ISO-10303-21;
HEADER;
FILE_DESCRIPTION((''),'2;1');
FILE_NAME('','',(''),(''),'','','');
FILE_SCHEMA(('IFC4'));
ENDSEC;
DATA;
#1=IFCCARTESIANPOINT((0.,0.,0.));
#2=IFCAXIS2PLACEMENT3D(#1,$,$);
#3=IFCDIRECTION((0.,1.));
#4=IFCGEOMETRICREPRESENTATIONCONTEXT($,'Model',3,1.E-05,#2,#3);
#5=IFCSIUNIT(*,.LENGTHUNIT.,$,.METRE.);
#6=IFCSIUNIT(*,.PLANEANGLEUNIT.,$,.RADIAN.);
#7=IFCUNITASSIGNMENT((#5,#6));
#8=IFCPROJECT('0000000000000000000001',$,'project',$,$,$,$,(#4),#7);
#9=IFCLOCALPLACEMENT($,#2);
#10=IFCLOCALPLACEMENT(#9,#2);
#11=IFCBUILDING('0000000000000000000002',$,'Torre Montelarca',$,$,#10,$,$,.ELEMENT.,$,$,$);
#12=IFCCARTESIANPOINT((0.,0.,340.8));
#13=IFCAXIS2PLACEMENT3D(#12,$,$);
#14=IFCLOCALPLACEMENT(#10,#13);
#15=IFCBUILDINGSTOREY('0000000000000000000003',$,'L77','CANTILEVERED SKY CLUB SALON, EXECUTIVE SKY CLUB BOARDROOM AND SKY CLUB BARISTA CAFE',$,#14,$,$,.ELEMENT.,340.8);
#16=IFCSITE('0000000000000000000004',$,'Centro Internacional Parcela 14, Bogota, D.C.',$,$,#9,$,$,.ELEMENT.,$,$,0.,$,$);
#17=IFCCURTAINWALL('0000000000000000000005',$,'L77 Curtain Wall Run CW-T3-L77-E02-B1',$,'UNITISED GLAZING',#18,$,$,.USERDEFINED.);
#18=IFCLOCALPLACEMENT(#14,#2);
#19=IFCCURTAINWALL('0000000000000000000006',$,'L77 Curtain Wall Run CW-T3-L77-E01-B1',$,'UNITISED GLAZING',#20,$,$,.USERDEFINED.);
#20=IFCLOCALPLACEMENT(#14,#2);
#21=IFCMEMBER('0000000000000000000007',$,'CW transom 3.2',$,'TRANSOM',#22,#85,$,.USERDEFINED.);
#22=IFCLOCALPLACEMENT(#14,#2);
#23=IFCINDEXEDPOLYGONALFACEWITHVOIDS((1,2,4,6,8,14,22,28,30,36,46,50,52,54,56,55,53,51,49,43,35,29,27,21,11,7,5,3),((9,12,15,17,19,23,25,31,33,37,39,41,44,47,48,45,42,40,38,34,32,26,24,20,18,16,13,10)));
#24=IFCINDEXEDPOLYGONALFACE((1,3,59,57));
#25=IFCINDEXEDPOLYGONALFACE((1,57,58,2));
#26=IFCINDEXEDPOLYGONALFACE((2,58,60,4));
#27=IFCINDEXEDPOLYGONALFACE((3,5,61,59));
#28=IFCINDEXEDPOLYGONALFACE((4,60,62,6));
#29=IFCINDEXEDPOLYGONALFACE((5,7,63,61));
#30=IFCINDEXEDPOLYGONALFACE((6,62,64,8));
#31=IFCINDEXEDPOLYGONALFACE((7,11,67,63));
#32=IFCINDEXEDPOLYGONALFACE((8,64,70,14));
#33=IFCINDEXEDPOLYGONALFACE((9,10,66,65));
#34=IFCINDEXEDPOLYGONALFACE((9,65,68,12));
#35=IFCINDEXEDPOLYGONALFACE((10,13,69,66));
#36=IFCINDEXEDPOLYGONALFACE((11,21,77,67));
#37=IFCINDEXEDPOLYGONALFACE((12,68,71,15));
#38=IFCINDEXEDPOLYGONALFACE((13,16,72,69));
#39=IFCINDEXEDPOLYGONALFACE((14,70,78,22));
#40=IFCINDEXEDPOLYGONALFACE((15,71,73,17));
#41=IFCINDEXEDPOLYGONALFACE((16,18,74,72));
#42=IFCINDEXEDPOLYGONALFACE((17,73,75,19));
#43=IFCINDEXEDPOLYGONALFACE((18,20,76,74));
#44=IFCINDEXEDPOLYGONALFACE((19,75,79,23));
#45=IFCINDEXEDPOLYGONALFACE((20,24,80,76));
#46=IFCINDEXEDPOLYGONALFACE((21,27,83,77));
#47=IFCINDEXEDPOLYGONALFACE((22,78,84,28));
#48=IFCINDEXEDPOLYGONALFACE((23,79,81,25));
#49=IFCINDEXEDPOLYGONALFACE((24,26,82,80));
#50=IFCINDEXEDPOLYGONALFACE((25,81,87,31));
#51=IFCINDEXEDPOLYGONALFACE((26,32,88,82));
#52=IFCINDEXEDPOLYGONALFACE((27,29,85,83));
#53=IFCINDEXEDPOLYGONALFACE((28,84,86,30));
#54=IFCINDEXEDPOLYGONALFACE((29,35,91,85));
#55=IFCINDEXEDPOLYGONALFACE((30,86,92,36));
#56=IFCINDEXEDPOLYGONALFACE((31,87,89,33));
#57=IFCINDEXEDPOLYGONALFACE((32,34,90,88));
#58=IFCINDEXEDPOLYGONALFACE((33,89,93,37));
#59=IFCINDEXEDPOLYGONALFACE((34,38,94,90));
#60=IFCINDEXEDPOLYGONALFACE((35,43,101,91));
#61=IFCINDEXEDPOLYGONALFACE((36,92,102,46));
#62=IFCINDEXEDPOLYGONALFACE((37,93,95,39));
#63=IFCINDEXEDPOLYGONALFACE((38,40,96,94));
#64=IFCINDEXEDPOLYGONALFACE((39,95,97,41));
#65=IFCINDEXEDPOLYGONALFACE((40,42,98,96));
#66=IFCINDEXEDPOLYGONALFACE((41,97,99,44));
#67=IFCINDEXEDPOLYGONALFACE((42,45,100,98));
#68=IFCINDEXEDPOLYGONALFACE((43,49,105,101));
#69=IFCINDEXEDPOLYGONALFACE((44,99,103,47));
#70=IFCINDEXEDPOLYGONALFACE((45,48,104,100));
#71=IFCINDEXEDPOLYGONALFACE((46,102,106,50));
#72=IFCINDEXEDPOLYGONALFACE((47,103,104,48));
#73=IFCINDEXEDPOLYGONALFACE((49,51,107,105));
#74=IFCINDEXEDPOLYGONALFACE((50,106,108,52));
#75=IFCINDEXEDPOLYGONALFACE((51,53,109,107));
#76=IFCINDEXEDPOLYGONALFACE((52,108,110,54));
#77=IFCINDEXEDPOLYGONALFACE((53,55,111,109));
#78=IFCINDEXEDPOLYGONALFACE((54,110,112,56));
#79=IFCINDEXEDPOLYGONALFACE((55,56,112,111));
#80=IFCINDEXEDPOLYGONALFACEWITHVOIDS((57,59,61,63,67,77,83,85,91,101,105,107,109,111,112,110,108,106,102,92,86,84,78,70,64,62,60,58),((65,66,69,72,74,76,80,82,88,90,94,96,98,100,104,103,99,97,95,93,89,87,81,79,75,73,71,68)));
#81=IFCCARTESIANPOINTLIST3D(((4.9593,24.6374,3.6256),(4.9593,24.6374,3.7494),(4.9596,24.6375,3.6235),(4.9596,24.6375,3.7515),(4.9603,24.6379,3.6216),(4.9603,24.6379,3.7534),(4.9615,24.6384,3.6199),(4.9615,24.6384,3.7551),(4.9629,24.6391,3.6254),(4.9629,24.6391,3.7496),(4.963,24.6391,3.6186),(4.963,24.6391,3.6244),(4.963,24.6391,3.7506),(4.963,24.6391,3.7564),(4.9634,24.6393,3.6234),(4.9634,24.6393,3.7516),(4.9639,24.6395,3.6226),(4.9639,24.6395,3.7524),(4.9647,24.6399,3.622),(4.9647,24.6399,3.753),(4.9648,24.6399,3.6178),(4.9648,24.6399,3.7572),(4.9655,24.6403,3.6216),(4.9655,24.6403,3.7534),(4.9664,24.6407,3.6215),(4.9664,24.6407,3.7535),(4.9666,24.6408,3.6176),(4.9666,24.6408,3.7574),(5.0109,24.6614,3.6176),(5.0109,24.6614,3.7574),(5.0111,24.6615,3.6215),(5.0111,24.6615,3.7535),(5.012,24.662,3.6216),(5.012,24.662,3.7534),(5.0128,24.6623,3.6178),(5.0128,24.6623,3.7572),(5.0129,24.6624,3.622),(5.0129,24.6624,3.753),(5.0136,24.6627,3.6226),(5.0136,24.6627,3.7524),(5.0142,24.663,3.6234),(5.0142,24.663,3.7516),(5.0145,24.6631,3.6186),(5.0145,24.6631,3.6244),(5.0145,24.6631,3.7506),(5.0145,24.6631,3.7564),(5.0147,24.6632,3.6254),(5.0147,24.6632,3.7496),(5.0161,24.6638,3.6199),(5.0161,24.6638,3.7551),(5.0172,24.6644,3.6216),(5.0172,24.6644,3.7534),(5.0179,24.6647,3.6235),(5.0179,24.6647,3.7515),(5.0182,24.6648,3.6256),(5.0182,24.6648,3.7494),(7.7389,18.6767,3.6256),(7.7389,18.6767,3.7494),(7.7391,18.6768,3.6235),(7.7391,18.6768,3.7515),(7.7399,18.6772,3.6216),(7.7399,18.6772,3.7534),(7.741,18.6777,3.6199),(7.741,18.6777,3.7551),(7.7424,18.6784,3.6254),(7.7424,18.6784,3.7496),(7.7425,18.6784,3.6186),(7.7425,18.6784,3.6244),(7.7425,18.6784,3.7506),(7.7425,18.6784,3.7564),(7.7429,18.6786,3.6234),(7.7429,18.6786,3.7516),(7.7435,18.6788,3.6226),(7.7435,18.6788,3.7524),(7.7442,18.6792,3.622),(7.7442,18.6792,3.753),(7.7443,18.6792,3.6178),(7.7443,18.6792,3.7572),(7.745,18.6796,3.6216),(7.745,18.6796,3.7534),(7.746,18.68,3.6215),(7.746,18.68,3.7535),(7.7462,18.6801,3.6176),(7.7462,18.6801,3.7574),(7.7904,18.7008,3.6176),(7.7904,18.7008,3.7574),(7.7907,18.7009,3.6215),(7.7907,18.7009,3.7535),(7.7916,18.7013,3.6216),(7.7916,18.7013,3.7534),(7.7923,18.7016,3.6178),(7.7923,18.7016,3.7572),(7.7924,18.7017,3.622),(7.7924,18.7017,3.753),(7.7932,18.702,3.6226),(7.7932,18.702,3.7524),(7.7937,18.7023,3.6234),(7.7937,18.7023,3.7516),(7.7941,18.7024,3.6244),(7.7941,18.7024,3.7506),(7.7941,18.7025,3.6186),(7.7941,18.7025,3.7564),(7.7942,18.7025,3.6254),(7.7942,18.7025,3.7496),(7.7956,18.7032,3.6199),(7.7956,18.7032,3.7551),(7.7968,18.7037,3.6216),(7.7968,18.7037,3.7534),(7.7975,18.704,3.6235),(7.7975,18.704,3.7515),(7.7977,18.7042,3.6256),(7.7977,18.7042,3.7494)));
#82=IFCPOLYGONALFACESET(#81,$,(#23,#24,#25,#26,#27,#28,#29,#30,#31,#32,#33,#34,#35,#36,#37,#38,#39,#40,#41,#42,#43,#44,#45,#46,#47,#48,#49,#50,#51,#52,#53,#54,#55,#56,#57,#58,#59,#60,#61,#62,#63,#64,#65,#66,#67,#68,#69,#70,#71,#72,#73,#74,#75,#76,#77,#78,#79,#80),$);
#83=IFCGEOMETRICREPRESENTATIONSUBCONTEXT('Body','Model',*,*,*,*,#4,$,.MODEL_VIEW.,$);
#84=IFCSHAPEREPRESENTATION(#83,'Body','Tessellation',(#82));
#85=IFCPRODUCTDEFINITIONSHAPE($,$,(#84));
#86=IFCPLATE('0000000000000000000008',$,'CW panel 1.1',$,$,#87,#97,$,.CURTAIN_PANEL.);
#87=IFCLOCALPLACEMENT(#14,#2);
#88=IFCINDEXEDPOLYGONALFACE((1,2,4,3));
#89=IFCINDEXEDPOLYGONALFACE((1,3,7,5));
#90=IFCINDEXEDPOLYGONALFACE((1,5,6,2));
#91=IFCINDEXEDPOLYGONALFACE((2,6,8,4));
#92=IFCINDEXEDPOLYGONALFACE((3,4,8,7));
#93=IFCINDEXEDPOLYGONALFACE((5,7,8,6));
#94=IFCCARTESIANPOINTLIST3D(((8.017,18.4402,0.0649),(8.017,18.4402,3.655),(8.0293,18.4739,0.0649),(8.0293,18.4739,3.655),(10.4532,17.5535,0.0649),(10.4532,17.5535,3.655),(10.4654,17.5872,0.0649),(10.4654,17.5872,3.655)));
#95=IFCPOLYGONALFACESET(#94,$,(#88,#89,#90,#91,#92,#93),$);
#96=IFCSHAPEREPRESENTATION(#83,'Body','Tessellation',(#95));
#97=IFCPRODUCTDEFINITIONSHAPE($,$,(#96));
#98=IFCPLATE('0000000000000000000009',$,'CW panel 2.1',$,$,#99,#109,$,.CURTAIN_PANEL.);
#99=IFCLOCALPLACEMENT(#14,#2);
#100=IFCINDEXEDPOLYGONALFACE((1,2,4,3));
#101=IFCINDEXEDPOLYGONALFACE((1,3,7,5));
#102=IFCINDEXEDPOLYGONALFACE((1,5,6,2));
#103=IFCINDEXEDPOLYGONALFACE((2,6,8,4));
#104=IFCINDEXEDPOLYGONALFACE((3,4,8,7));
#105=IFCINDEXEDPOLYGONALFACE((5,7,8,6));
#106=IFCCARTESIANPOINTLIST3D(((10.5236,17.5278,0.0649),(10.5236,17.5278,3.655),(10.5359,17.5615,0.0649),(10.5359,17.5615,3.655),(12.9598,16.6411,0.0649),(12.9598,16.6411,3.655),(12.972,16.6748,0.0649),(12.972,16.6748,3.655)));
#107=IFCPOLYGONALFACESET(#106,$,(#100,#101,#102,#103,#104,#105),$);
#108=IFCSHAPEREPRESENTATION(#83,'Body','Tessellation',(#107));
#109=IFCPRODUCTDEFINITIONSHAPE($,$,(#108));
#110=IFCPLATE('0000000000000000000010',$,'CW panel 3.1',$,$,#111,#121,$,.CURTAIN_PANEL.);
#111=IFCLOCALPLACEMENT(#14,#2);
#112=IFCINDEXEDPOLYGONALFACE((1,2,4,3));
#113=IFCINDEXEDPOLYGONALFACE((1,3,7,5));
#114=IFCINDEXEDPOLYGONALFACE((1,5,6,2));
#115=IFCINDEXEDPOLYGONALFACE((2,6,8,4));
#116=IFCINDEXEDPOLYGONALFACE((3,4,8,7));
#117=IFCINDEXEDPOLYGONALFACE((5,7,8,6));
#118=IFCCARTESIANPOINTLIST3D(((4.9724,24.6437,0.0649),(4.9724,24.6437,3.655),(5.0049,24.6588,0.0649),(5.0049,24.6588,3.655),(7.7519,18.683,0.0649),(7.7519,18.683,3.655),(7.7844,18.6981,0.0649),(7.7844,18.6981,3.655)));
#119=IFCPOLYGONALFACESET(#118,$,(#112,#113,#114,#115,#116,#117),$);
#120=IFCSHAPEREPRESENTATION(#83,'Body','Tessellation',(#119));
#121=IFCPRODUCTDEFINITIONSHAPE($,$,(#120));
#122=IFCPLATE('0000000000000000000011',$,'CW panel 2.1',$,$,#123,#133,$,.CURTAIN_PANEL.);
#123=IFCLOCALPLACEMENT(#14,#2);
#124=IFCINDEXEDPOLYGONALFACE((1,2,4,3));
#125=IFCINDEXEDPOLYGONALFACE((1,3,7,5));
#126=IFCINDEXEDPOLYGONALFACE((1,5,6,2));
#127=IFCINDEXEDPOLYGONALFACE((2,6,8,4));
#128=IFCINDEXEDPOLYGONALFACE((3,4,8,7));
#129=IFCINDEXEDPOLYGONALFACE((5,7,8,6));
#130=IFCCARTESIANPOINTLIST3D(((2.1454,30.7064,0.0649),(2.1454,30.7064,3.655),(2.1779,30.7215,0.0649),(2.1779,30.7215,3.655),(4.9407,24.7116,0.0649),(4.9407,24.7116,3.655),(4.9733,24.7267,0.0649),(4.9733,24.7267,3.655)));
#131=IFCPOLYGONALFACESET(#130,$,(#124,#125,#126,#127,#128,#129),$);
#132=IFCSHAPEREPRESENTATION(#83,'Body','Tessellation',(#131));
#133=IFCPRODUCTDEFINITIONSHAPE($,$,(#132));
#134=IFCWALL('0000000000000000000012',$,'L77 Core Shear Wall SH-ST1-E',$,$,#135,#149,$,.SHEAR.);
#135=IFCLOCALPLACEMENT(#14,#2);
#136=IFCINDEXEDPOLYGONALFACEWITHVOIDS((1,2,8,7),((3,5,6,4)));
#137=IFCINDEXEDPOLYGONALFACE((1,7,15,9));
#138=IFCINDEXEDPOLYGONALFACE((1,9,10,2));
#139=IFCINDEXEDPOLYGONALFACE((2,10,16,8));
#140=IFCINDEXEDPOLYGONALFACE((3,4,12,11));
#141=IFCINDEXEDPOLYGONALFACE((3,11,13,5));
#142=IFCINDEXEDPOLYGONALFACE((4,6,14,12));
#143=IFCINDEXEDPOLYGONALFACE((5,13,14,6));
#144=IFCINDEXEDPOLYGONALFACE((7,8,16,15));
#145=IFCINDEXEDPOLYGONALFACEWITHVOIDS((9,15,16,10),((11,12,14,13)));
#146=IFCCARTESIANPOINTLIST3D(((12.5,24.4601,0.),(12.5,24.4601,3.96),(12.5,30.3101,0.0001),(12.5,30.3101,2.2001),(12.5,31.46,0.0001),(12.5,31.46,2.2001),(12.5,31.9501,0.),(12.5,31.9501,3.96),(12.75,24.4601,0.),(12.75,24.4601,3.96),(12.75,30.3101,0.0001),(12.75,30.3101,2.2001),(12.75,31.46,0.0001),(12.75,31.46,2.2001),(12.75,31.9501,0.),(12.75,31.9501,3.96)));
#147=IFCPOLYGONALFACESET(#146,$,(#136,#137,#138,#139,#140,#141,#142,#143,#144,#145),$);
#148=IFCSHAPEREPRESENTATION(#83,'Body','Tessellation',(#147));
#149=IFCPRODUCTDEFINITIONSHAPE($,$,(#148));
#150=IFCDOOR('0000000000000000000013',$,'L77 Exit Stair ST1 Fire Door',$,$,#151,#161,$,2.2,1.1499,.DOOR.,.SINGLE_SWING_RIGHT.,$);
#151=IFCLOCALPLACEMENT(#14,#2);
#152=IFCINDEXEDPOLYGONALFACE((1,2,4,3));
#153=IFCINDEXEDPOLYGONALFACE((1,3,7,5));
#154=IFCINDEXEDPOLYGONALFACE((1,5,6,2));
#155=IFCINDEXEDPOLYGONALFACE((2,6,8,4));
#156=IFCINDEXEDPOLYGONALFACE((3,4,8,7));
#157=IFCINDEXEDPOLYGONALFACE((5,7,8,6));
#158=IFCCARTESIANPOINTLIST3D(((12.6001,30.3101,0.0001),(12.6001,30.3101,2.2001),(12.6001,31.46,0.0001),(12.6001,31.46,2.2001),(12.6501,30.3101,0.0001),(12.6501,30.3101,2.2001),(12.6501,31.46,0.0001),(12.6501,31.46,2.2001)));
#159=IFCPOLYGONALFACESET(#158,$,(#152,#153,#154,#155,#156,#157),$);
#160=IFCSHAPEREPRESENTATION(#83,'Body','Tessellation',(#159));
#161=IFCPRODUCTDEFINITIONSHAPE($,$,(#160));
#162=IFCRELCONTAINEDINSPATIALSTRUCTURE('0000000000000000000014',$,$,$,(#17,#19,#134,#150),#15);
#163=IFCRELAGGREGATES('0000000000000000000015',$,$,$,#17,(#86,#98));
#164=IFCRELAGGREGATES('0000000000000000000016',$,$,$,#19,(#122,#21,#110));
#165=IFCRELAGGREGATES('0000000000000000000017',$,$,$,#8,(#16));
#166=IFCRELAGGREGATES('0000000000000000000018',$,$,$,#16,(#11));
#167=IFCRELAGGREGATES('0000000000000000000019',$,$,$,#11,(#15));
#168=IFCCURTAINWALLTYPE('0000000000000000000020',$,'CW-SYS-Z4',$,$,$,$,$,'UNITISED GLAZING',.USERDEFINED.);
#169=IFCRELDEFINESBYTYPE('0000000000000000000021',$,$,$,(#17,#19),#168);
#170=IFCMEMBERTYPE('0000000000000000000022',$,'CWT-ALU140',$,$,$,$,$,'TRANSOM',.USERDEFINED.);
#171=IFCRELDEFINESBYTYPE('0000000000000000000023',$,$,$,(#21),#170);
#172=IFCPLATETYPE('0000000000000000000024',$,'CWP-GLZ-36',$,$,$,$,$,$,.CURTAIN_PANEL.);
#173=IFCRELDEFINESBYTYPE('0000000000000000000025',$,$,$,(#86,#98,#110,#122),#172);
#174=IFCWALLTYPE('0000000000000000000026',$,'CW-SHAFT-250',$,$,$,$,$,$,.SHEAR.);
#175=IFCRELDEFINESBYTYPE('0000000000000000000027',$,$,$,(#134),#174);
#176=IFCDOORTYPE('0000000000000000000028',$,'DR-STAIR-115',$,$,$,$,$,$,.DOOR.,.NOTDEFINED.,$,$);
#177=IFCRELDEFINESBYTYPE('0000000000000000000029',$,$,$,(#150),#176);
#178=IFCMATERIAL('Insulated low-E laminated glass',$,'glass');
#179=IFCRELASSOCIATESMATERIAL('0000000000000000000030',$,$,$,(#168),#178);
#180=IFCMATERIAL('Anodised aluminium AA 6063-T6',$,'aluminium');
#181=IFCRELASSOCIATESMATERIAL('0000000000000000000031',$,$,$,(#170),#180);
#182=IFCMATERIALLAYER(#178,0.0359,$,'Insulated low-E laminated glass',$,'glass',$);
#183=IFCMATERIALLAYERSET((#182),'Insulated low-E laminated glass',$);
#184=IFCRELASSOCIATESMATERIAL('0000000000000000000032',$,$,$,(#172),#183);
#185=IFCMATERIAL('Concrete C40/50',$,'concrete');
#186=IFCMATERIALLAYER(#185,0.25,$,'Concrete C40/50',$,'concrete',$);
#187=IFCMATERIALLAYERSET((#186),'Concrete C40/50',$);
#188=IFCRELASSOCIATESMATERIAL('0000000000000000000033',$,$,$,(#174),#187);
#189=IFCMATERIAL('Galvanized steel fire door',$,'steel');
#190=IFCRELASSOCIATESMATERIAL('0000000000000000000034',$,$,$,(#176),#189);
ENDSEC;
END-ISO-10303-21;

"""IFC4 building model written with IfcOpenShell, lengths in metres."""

from ifc_helpers import new_model, si_unit, direction, frame, frame_2d, origin, origin_2d, place, context, subcontext, project, spatial, rectangle, hollow_rectangle, extrude, source, transform, mapped, material, layer, layer_set, material_profile, profile_set, type_object, element, fill, aggregate, save


model = new_model("IFC4")

# Units and contexts
model_context = context("Model", 3, precision=1e-05, world=origin(), true_north=direction((0.0, 1.0)))
body_context = subcontext(model_context, "Body", "Model", "MODEL_VIEW")
ifc_project = project(units=[si_unit("LENGTHUNIT", "METRE"), si_unit("PLANEANGLEUNIT", "RADIAN")], contexts=[model_context])

# Site, building, storey
site_placement = place(None, origin())
site = spatial("IfcSite", under=ifc_project, at=site_placement, Name="Centro Internacional Parcela 14, Bogota, D.C.", CompositionType="ELEMENT", RefElevation=0.0)
building_placement = place(site_placement, origin())
building = spatial("IfcBuilding", under=site, at=building_placement, Name="Torre Montelarca", CompositionType="ELEMENT")
storey_placement = place(building_placement, frame((0.0, 0.0, 340.8)))
storey = spatial("IfcBuildingStorey", under=building, at=storey_placement, Name="L77", Description="CANTILEVERED SKY CLUB SALON, EXECUTIVE SKY CLUB BOARDROOM AND SKY CLUB BARISTA CAFE", CompositionType="ELEMENT", Elevation=340.8)

# Shared definitions
ifc_material_1 = material(Name="Concrete C40/50", Category="concrete")

# Curtain walls
ifc_material_2 = material(Name="Insulated low-E laminated glass", Category="glass")
curtain_wall_type = type_object("IfcCurtainWallType", Name="CW-SYS-Z4", ElementType="UNITISED GLAZING", PredefinedType="USERDEFINED", material=ifc_material_2)
curtain_wall_1_placement = place(storey_placement, origin())
curtain_wall_1 = element("IfcCurtainWall", 1, at=curtain_wall_1_placement, inside=storey, type_object=curtain_wall_type, Name="L77 Curtain Wall Run CW-T3-L77-E02-B1", ObjectType="UNITISED GLAZING", PredefinedType="USERDEFINED")
ifc_material_3 = material(Name="Anodised aluminium AA 6063-T6", Category="aluminium")
ifc_material_profile_1 = material_profile(ifc_material_3, hollow_rectangle(XDim=0.0649, YDim=0.1399, WallThickness=0.0039, InnerFilletRadius=0.0039, OuterFilletRadius=0.0081, at=origin_2d()), Name="ALU65X140X4", Category="aluminium")
ifc_profile_set_1 = profile_set([ifc_material_profile_1], Name="Anodised aluminium AA 6063-T6")
member_type_1 = type_object("IfcMemberType", Name="CWT-ALU140", ElementType="TRANSOM", PredefinedType="USERDEFINED", material=ifc_profile_set_1)
curtain_wall_2_placement = place(storey_placement, origin())
curtain_wall_2 = element("IfcCurtainWall", 2, at=curtain_wall_2_placement, inside=storey, type_object=curtain_wall_type, Name="L77 Curtain Wall Run CW-T3-L77-E01-B1", ObjectType="UNITISED GLAZING", PredefinedType="USERDEFINED")

# Member
shared_shape_1 = source(origin(), body_context, "Body", "SweptSolid", [
    extrude(hollow_rectangle(XDim=0.0649, YDim=0.1399, WallThickness=0.0039, InnerFilletRadius=0.0039, OuterFilletRadius=0.0081, at=origin_2d()), origin(), (0.0, 0.0, 1.0), 6.5769),
])
member_1_placement = place(storey_placement, frame((4.9888, 24.6511, 3.6875), z_axis=(0.422621, -0.906306, 0.0), x_axis=(0.906306, 0.422621, 0.0)))
member_1 = element("IfcMember", 3, at=member_1_placement, type_object=member_type_1, Name="CW transom 3.2", ObjectType="TRANSOM", PredefinedType="USERDEFINED", context=body_context, shape_type="MappedRepresentation", body=[
    mapped(shared_shape_1, transform((0.0, 0.0, 0.0), scale=1.0)),
])

# Plates
ifc_layer_1 = layer(ifc_material_2, 0.0359, Name="Insulated low-E laminated glass", Category="glass")
ifc_layer_set_1 = layer_set([ifc_layer_1], Name="Insulated low-E laminated glass")
plate_type = type_object("IfcPlateType", Name="CWP-GLZ-36", PredefinedType="CURTAIN_PANEL", material=ifc_layer_set_1)
shared_shape_2 = source(origin(), body_context, "Body", "SweptSolid", [
    extrude(rectangle(XDim=2.5925, YDim=0.0359, at=origin_2d()), origin(), (0.0, 0.0, 1.0), 3.5901),
])
plate_1_placement = place(storey_placement, frame((9.2412, 18.0137, 0.0649), z_axis=(0.0, 0.0, 1.0), x_axis=(0.939691, -0.342024, 0.0)))
plate_1 = element("IfcPlate", 4, at=plate_1_placement, type_object=plate_type, Name="CW panel 1.1", PredefinedType="CURTAIN_PANEL", context=body_context, shape_type="MappedRepresentation", body=[
    mapped(shared_shape_2, transform((0.0, 0.0, 0.0), scale=1.0)),
])
plate_2_placement = place(storey_placement, frame((11.7478, 17.1013, 0.0649), z_axis=(0.0, 0.0, 1.0), x_axis=(0.939691, -0.342024, 0.0)))
plate_2 = element("IfcPlate", 5, at=plate_2_placement, type_object=plate_type, Name="CW panel 2.1", PredefinedType="CURTAIN_PANEL", context=body_context, shape_type="MappedRepresentation", body=[
    mapped(shared_shape_2, transform((0.0, 0.0, 0.0), scale=1.0)),
])
aggregate(curtain_wall_1, [plate_1, plate_2])
shared_shape_3 = source(origin(), body_context, "Body", "SweptSolid", [
    extrude(rectangle(XDim=6.5769, YDim=0.0359, at=origin_2d()), origin(), (0.0, 0.0, 1.0), 3.5901),
])
plate_3_placement = place(storey_placement, frame((6.3784, 21.6709, 0.0649), z_axis=(0.0, 0.0, 1.0), x_axis=(0.422612, -0.906311, 0.0)))
plate_3 = element("IfcPlate", 6, at=plate_3_placement, type_object=plate_type, Name="CW panel 3.1", PredefinedType="CURTAIN_PANEL", context=body_context, shape_type="MappedRepresentation", body=[
    mapped(shared_shape_3, transform((0.0, 0.0, 0.0), scale=1.0)),
])
shared_shape_4 = source(origin(), body_context, "Body", "SweptSolid", [
    extrude(rectangle(XDim=6.6145, YDim=0.0359, at=origin_2d()), origin(), (0.0, 0.0, 1.0), 3.5901),
])
plate_4_placement = place(storey_placement, frame((3.5593, 27.7166, 0.0649), z_axis=(0.0, 0.0, 1.0), x_axis=(0.422612, -0.906311, 0.0)))
plate_4 = element("IfcPlate", 7, at=plate_4_placement, type_object=plate_type, Name="CW panel 2.1", PredefinedType="CURTAIN_PANEL", context=body_context, shape_type="MappedRepresentation", body=[
    mapped(shared_shape_4, transform((0.0, 0.0, 0.0), scale=1.0)),
])
aggregate(curtain_wall_2, [plate_4, member_1, plate_3])

# Wall, opening, door
ifc_layer_2 = layer(ifc_material_1, 0.25, Name="Concrete C40/50", Category="concrete")
ifc_layer_set_2 = layer_set([ifc_layer_2], Name="Concrete C40/50")
wall_type_1 = type_object("IfcWallType", Name="CW-SHAFT-250", PredefinedType="SHEAR", material=ifc_layer_set_2)
wall_1_placement = place(storey_placement, frame((12.625, 24.46, 0.0), z_axis=(0.0, 0.0, 1.0), x_axis=(0.0, 1.0, 0.0)))
wall_1 = element("IfcWall", 8, at=wall_1_placement, inside=storey, type_object=wall_type_1, Name="L77 Core Shear Wall SH-ST1-E", PredefinedType="SHEAR", context=body_context, shape_type="SweptSolid", body=[
    extrude(rectangle(XDim=7.49, YDim=0.25, at=frame_2d((3.7451, 0.0))), origin(), (0.0, 0.0, 1.0), 3.96),
])
opening_1_placement = place(wall_1_placement, frame((5.8501, 0.0, 0.0)))
opening_1 = element("IfcOpeningElement", 9, at=opening_1_placement, cuts=wall_1, PredefinedType="OPENING", context=body_context, shape_type="SweptSolid", body=[
    extrude(rectangle(XDim=1.1499, YDim=2.2, at=frame_2d((0.575, 1.1001))), frame((0.0, 0.135, 0.0), z_axis=(0.0, -1.0, 0.0), x_axis=(1.0, 0.0, 0.0)), (0.0, 0.0, 1.0), 0.27),
])
ifc_material_4 = material(Name="Galvanized steel fire door", Category="steel")
door_type_1 = type_object("IfcDoorType", Name="DR-STAIR-115", OperationType="NOTDEFINED", PredefinedType="DOOR", material=ifc_material_4)
shared_shape_5 = source(origin(), body_context, "Body", "SweptSolid", [
    extrude(rectangle(XDim=1.1499, YDim=2.2, at=frame_2d((0.575, 1.1001))), frame((0.0, 0.0249, 0.0), z_axis=(0.0, -1.0, 0.0), x_axis=(1.0, 0.0, 0.0)), (0.0, 0.0, 1.0), 0.05),
])
door_1_placement = place(opening_1_placement, origin())
door_1 = element("IfcDoor", 10, at=door_1_placement, inside=storey, type_object=door_type_1, Name="L77 Exit Stair ST1 Fire Door", OperationType="SINGLE_SWING_RIGHT", OverallHeight=2.2, OverallWidth=1.1499, PredefinedType="DOOR", context=body_context, shape_type="MappedRepresentation", body=[
    mapped(shared_shape_5, transform((0.0, 0.0, 0.0), scale=1.0)),
])
fill(opening_1, door_1)

save(model, "model.ifc")
